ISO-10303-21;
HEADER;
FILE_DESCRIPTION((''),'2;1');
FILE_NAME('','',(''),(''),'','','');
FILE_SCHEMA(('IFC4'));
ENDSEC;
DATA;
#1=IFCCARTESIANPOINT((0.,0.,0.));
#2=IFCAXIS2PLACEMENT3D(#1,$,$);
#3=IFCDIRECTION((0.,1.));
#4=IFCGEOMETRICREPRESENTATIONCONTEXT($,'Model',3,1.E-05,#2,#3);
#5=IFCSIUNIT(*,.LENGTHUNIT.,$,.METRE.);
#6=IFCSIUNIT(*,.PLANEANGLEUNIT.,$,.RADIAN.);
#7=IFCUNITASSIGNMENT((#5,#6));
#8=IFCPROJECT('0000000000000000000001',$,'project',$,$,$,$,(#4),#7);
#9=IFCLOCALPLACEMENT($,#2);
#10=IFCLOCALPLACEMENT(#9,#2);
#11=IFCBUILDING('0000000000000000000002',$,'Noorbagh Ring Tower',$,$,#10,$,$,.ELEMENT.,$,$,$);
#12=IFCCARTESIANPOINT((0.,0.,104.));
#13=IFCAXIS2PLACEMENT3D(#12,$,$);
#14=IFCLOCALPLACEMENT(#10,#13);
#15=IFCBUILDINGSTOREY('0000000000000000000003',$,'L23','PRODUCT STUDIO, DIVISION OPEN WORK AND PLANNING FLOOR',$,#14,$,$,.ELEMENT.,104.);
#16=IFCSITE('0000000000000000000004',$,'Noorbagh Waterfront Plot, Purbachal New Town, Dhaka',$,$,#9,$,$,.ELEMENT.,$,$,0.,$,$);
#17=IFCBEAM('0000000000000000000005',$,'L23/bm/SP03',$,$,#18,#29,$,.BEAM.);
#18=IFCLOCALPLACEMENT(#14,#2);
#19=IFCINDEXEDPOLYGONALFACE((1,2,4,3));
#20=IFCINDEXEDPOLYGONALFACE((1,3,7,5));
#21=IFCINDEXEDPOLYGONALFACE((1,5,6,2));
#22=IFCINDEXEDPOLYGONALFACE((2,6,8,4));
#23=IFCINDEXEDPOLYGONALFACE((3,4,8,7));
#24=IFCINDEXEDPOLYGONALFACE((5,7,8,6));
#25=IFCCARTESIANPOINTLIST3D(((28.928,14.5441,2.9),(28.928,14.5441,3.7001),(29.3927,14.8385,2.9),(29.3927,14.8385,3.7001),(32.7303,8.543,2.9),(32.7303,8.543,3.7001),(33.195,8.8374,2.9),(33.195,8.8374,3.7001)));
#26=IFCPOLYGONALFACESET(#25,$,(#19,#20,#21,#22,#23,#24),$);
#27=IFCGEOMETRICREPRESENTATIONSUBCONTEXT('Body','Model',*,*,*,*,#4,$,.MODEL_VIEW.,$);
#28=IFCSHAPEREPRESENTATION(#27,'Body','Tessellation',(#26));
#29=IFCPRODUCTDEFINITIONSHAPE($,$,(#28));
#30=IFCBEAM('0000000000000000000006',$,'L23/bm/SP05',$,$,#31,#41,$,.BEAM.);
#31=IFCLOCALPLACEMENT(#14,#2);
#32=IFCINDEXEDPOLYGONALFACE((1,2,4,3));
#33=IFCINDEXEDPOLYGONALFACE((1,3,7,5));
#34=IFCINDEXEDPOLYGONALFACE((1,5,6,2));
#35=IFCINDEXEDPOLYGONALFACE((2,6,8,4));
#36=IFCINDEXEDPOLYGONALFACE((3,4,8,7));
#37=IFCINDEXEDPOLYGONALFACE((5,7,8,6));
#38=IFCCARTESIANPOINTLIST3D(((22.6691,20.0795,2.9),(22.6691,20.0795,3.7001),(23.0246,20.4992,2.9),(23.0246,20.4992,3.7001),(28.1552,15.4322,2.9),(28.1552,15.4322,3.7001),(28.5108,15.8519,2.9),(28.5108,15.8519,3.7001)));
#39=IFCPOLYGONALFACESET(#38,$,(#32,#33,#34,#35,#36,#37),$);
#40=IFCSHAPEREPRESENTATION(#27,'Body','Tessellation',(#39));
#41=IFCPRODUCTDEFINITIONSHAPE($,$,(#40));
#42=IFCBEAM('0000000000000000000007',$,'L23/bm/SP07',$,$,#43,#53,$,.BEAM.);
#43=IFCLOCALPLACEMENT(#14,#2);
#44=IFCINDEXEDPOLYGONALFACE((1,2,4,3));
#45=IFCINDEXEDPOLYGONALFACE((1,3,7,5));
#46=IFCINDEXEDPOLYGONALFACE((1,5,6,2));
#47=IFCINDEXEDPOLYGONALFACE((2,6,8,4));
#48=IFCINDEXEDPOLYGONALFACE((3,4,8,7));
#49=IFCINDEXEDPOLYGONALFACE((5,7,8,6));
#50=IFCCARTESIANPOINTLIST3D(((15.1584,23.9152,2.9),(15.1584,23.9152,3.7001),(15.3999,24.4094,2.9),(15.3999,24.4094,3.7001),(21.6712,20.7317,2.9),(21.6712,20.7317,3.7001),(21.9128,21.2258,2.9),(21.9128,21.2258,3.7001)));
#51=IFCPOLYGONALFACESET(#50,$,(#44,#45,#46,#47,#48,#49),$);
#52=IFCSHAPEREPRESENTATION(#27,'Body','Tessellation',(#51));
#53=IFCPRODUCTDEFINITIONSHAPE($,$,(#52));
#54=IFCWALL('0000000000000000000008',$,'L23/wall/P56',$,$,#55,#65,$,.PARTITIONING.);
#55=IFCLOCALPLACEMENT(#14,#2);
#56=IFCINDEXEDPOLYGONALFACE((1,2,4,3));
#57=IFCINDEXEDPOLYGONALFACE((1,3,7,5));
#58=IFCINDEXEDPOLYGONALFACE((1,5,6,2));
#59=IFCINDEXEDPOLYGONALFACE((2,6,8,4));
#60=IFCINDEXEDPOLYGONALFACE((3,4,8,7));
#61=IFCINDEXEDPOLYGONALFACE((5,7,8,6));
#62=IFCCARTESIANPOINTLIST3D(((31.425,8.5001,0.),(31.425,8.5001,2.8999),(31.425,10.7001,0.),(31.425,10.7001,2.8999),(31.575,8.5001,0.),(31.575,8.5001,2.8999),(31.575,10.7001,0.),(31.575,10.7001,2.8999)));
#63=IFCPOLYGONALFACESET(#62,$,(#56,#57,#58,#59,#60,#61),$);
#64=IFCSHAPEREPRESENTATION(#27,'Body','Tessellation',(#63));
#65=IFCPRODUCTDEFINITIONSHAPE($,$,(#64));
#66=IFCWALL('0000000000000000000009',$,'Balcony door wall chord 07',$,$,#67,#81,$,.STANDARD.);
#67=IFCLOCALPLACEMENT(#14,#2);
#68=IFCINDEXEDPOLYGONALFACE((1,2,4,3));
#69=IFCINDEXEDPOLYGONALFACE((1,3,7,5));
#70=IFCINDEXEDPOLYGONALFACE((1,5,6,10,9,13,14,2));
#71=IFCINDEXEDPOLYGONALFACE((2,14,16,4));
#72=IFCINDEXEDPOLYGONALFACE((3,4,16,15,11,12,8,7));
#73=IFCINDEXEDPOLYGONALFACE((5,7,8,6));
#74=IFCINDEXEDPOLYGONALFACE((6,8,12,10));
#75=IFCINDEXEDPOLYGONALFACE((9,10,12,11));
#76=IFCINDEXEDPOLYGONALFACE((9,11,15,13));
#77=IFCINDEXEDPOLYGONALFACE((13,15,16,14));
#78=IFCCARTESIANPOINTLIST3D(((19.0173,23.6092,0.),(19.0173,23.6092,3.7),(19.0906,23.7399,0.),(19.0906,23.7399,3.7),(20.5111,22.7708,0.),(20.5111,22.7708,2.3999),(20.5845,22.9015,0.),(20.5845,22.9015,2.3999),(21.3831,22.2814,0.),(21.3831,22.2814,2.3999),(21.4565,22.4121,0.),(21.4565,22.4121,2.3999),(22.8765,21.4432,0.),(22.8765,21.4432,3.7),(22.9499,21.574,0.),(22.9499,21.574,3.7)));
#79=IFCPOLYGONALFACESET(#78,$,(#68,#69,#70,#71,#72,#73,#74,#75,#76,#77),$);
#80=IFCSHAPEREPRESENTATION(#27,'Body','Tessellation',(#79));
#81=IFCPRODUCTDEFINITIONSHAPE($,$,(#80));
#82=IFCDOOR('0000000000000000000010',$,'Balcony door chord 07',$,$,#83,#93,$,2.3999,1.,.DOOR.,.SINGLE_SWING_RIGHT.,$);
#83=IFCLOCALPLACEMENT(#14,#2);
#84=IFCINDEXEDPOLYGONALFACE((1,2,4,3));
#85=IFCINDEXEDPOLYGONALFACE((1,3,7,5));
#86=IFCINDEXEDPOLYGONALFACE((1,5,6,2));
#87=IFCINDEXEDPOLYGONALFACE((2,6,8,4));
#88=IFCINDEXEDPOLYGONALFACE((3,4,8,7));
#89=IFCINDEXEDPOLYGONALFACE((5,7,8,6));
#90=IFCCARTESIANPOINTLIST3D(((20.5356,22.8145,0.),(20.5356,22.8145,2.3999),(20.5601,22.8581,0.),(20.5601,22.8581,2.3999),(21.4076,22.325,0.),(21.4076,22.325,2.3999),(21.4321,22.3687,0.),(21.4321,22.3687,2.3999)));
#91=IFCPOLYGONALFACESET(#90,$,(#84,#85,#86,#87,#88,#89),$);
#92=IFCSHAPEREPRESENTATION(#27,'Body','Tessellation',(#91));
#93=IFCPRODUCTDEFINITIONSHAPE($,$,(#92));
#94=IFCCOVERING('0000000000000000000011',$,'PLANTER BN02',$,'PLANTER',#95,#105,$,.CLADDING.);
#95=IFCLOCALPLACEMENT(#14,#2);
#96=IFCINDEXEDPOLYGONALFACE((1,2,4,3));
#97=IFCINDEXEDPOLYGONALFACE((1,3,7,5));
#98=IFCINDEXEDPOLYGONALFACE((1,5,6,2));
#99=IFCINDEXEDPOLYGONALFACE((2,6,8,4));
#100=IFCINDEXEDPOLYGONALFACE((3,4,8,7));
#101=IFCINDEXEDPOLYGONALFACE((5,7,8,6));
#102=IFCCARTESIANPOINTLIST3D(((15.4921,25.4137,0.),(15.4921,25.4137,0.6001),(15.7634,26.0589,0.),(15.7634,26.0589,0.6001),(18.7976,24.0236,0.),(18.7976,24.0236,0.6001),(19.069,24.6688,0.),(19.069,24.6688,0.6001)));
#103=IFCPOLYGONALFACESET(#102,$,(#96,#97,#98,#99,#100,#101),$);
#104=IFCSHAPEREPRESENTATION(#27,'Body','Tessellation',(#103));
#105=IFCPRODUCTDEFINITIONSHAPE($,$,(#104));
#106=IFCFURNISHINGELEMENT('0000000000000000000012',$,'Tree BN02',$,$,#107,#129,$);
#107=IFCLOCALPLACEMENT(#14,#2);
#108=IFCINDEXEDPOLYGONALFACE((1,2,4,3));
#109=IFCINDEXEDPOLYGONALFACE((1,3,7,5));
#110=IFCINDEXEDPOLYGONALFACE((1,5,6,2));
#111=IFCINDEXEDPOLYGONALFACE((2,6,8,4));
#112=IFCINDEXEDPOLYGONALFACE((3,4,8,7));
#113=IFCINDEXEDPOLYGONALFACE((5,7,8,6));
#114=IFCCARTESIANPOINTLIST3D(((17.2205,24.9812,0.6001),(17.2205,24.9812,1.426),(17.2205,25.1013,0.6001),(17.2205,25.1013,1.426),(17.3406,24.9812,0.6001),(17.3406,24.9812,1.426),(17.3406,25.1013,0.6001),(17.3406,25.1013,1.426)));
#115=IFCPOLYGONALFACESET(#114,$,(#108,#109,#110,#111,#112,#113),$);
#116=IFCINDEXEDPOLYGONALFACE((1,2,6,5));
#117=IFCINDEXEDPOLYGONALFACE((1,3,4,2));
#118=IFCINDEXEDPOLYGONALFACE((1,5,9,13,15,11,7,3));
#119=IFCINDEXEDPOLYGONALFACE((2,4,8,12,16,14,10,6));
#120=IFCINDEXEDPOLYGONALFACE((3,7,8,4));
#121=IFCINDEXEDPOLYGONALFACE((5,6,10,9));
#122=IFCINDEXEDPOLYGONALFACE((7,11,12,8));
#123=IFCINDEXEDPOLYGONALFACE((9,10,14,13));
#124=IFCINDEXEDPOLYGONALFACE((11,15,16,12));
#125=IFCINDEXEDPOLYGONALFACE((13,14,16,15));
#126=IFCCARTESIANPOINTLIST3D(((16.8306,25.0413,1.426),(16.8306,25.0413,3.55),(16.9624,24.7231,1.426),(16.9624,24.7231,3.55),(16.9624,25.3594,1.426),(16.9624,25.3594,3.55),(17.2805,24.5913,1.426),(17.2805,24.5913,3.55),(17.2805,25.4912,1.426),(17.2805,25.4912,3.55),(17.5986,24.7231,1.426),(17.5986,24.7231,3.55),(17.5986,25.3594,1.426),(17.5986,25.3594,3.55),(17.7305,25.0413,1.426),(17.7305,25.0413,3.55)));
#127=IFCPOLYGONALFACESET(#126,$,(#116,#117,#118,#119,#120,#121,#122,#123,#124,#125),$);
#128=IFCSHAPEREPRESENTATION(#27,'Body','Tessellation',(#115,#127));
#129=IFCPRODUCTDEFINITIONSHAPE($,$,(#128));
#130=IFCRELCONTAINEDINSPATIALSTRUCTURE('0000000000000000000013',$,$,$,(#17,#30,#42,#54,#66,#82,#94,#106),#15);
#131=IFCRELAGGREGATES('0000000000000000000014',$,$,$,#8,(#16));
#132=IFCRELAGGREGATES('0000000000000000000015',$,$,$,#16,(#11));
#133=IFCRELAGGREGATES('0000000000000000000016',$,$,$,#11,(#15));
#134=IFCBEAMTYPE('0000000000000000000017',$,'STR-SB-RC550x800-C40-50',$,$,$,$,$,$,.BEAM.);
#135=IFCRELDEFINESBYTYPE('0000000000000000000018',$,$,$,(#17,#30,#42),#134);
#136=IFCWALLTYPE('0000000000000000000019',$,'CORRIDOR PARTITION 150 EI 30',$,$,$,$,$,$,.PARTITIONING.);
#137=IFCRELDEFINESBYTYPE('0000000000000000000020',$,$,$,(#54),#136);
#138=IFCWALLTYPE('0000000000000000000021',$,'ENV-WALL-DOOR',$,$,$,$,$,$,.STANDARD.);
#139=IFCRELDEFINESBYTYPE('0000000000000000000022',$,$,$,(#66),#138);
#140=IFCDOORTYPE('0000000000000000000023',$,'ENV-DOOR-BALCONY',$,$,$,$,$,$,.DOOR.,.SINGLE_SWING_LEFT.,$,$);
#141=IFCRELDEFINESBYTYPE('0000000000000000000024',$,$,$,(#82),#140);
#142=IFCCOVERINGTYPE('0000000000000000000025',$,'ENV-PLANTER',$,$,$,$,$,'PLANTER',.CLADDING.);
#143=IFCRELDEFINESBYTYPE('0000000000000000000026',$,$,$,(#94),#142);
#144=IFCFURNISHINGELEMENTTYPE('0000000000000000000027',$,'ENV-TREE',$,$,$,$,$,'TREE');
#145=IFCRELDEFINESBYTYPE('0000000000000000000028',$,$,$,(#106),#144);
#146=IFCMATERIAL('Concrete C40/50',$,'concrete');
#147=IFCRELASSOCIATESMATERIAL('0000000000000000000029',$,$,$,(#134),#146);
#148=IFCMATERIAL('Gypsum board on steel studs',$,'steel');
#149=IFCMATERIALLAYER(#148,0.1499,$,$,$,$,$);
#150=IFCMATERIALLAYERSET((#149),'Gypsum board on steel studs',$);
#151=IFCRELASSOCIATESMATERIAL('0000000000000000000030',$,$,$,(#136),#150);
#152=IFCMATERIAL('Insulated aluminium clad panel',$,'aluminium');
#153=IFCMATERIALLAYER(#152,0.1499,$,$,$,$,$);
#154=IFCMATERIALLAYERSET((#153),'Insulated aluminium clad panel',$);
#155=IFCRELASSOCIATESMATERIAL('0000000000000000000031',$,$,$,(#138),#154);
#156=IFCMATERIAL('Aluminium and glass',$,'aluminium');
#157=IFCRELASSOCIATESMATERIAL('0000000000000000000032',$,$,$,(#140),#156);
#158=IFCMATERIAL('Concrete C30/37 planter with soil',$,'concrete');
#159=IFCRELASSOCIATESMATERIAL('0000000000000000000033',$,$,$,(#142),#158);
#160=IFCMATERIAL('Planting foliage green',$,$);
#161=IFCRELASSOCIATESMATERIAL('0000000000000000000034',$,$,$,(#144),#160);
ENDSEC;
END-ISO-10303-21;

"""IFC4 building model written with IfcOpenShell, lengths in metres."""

from ifc_helpers import new_model, si_unit, direction, frame, frame_2d, origin, origin_2d, place, context, subcontext, project, spatial, polyline, rectangle, outline, extrude, material, layer, layer_set, material_profile, profile_set, type_object, element, fill, save


model = new_model("IFC4")

# Units and contexts
model_context = context("Model", 3, precision=1e-05, world=origin(), true_north=direction((0.0, 1.0)))
body_context = subcontext(model_context, "Body", "Model", "MODEL_VIEW")
ifc_project = project(units=[si_unit("LENGTHUNIT", "METRE"), si_unit("PLANEANGLEUNIT", "RADIAN")], contexts=[model_context])

# Site, building, storey
site_placement = place(None, origin())
site = spatial("IfcSite", under=ifc_project, at=site_placement, Name="Noorbagh Waterfront Plot, Purbachal New Town, Dhaka", CompositionType="ELEMENT", RefElevation=0.0)
building_placement = place(site_placement, origin())
building = spatial("IfcBuilding", under=site, at=building_placement, Name="Noorbagh Ring Tower", CompositionType="ELEMENT")
storey_placement = place(building_placement, frame((0.0, 0.0, 104.0)))
storey = spatial("IfcBuildingStorey", under=building, at=storey_placement, Name="L23", Description="PRODUCT STUDIO, DIVISION OPEN WORK AND PLANNING FLOOR", CompositionType="ELEMENT", Elevation=104.0)

# Beams
ifc_material_1 = material(Name="Concrete C40/50", Category="concrete")
ifc_material_profile_1 = material_profile(ifc_material_1, rectangle(XDim=0.55, YDim=0.8, at=origin_2d()), Name="RC550x800")
ifc_profile_set_1 = profile_set([ifc_material_profile_1], Name="Concrete C40/50")
beam_type_1 = type_object("IfcBeamType", Name="STR-SB-RC550x800-C40-50", PredefinedType="BEAM", material=ifc_profile_set_1)
beam_1_placement = place(storey_placement, frame((32.9626, 8.6902, 3.3), z_axis=(-0.535216, 0.844715, 0.0), x_axis=(-0.844715, -0.535216, 0.0)))
element("IfcBeam", 1, at=beam_1_placement, inside=storey, type_object=beam_type_1, Name="L23/bm/SP03", PredefinedType="BEAM", context=body_context, shape_type="SweptSolid", body=[
    extrude(rectangle(XDim=0.55, YDim=0.8, at=origin_2d()), origin(), (0.0, 0.0, 1.0), 7.1042),
])
beam_2_placement = place(storey_placement, frame((28.333, 15.6421, 3.3), z_axis=(-0.763033, 0.646359, 0.0), x_axis=(-0.646359, -0.763033, 0.0)))
element("IfcBeam", 2, at=beam_2_placement, inside=storey, type_object=beam_type_1, Name="L23/bm/SP05", PredefinedType="BEAM", context=body_context, shape_type="SweptSolid", body=[
    extrude(rectangle(XDim=0.55, YDim=0.8, at=origin_2d()), origin(), (0.0, 0.0, 1.0), 7.1899),
])
beam_3_placement = place(storey_placement, frame((21.792, 20.9788, 3.3), z_axis=(-0.898412, 0.439153, 0.0), x_axis=(-0.439153, -0.898412, 0.0)))
element("IfcBeam", 3, at=beam_3_placement, inside=storey, type_object=beam_type_1, Name="L23/bm/SP07", PredefinedType="BEAM", context=body_context, shape_type="SweptSolid", body=[
    extrude(rectangle(XDim=0.55, YDim=0.8, at=origin_2d()), origin(), (0.0, 0.0, 1.0), 7.2493),
])

# Wall
ifc_material_2 = material(Name="Gypsum board on steel studs", Category="steel")
ifc_layer_1 = layer(ifc_material_2, 0.1499)
ifc_layer_set_1 = layer_set([ifc_layer_1], Name="Gypsum board on steel studs")
wall_type_1 = type_object("IfcWallType", Name="CORRIDOR PARTITION 150 EI 30", PredefinedType="PARTITIONING", material=ifc_layer_set_1)
wall_1_placement = place(storey_placement, frame((31.5, 8.5, 0.0), z_axis=(0.0, 0.0, 1.0), x_axis=(0.0, 1.0, 0.0)))
element("IfcWall", 4, at=wall_1_placement, inside=storey, type_object=wall_type_1, Name="L23/wall/P56", PredefinedType="PARTITIONING", context=body_context, shape_type="SweptSolid", body=[
    extrude(rectangle(XDim=2.2, YDim=0.1499, at=frame_2d((1.1001, 0.0))), origin(), (0.0, 0.0, 1.0), 2.8999),
])

# Wall, opening, door
ifc_material_3 = material(Name="Insulated aluminium clad panel", Category="aluminium")
ifc_layer_2 = layer(ifc_material_3, 0.1499)
ifc_layer_set_2 = layer_set([ifc_layer_2], Name="Insulated aluminium clad panel")
wall_type_2 = type_object("IfcWallType", Name="ENV-WALL-DOOR", PredefinedType="STANDARD", material=ifc_layer_set_2)
wall_2_placement = place(storey_placement, frame((22.9133, 21.5085, 0.0), z_axis=(0.0, 0.0, 1.0), x_axis=(-0.872047, 0.489423, 0.0)))
wall_2 = element("IfcWall", 5, at=wall_2_placement, inside=storey, type_object=wall_type_2, Name="Balcony door wall chord 07", PredefinedType="STANDARD", context=body_context, shape_type="SweptSolid", body=[
    extrude(rectangle(XDim=4.4255, YDim=0.1499, at=frame_2d((2.2129, 0.0))), origin(), (0.0, 0.0, 1.0), 3.7),
])
opening_placement = place(wall_2_placement, frame((1.7126, 0.0, 0.0)))
opening = element("IfcOpeningElement", 6, at=opening_placement, cuts=wall_2, PredefinedType="OPENING", context=body_context, shape_type="SweptSolid", body=[
    extrude(rectangle(XDim=1.0, YDim=2.3999, at=frame_2d((0.5, 1.2))), frame((0.0, 0.085, 0.0), z_axis=(0.0, -1.0, 0.0), x_axis=(1.0, 0.0, 0.0)), (0.0, 0.0, 1.0), 0.1699),
])
ifc_material_4 = material(Name="Aluminium and glass", Category="aluminium")
door_type = type_object("IfcDoorType", Name="ENV-DOOR-BALCONY", OperationType="SINGLE_SWING_LEFT", PredefinedType="DOOR", material=ifc_material_4)
door_placement = place(opening_placement, origin())
door = element("IfcDoor", 7, at=door_placement, inside=storey, type_object=door_type, Name="Balcony door chord 07", OperationType="SINGLE_SWING_RIGHT", OverallHeight=2.3999, OverallWidth=1.0, PredefinedType="DOOR", context=body_context, shape_type="SweptSolid", body=[
    extrude(rectangle(XDim=1.0, YDim=2.3999, at=frame_2d((0.5, 1.2))), frame((0.0, 0.0249, 0.0), z_axis=(0.0, -1.0, 0.0), x_axis=(1.0, 0.0, 0.0)), (0.0, 0.0, 1.0), 0.05),
])
fill(opening, door)

# Covering
ifc_material_5 = material(Name="Concrete C30/37 planter with soil", Category="concrete")
covering_type = type_object("IfcCoveringType", Name="ENV-PLANTER", ElementType="PLANTER", PredefinedType="CLADDING", material=ifc_material_5)
covering_placement = place(storey_placement, frame((17.2805, 25.0413, 0.0), z_axis=(0.0, 0.0, 1.0), x_axis=(-0.921812, 0.387638, 0.0)))
element("IfcCovering", 8, at=covering_placement, inside=storey, type_object=covering_type, Name="PLANTER BN02", ObjectType="PLANTER", PredefinedType="CLADDING", context=body_context, shape_type="SweptSolid", body=[
    extrude(rectangle(XDim=3.5859, YDim=0.7, at=origin_2d()), origin(), (0.0, 0.0, 1.0), 0.6001),
])

# Furnishing element
ifc_material_6 = material(Name="Planting foliage green")
furnishing_element_type = type_object("IfcFurnishingElementType", Name="ENV-TREE", ElementType="TREE", material=ifc_material_6)
furnishing_placement = place(storey_placement, frame((17.2805, 25.0413, 0.6001), z_axis=(0.0, 0.0, 1.0), x_axis=(1.0, 0.0, 0.0)))
element("IfcFurnishingElement", 9, at=furnishing_placement, inside=storey, type_object=furnishing_element_type, Name="Tree BN02", context=body_context, shape_type="SweptSolid", body=[
    extrude(rectangle(XDim=0.1201, YDim=0.1201, at=origin_2d()), origin(), (0.0, 0.0, 1.0), 0.8259),
    extrude(outline(polyline([(0.45, 0.0), (0.3181, 0.3181), (0.0, 0.45), (-0.3181, 0.3181), (-0.45, 0.0), (-0.3181, -0.3181), (0.0, -0.45), (0.3181, -0.3181), (0.45, 0.0)])), frame((0.0, 0.0, 0.8259)), (0.0, 0.0, 1.0), 2.124),
])

save(model, "model.ifc")
